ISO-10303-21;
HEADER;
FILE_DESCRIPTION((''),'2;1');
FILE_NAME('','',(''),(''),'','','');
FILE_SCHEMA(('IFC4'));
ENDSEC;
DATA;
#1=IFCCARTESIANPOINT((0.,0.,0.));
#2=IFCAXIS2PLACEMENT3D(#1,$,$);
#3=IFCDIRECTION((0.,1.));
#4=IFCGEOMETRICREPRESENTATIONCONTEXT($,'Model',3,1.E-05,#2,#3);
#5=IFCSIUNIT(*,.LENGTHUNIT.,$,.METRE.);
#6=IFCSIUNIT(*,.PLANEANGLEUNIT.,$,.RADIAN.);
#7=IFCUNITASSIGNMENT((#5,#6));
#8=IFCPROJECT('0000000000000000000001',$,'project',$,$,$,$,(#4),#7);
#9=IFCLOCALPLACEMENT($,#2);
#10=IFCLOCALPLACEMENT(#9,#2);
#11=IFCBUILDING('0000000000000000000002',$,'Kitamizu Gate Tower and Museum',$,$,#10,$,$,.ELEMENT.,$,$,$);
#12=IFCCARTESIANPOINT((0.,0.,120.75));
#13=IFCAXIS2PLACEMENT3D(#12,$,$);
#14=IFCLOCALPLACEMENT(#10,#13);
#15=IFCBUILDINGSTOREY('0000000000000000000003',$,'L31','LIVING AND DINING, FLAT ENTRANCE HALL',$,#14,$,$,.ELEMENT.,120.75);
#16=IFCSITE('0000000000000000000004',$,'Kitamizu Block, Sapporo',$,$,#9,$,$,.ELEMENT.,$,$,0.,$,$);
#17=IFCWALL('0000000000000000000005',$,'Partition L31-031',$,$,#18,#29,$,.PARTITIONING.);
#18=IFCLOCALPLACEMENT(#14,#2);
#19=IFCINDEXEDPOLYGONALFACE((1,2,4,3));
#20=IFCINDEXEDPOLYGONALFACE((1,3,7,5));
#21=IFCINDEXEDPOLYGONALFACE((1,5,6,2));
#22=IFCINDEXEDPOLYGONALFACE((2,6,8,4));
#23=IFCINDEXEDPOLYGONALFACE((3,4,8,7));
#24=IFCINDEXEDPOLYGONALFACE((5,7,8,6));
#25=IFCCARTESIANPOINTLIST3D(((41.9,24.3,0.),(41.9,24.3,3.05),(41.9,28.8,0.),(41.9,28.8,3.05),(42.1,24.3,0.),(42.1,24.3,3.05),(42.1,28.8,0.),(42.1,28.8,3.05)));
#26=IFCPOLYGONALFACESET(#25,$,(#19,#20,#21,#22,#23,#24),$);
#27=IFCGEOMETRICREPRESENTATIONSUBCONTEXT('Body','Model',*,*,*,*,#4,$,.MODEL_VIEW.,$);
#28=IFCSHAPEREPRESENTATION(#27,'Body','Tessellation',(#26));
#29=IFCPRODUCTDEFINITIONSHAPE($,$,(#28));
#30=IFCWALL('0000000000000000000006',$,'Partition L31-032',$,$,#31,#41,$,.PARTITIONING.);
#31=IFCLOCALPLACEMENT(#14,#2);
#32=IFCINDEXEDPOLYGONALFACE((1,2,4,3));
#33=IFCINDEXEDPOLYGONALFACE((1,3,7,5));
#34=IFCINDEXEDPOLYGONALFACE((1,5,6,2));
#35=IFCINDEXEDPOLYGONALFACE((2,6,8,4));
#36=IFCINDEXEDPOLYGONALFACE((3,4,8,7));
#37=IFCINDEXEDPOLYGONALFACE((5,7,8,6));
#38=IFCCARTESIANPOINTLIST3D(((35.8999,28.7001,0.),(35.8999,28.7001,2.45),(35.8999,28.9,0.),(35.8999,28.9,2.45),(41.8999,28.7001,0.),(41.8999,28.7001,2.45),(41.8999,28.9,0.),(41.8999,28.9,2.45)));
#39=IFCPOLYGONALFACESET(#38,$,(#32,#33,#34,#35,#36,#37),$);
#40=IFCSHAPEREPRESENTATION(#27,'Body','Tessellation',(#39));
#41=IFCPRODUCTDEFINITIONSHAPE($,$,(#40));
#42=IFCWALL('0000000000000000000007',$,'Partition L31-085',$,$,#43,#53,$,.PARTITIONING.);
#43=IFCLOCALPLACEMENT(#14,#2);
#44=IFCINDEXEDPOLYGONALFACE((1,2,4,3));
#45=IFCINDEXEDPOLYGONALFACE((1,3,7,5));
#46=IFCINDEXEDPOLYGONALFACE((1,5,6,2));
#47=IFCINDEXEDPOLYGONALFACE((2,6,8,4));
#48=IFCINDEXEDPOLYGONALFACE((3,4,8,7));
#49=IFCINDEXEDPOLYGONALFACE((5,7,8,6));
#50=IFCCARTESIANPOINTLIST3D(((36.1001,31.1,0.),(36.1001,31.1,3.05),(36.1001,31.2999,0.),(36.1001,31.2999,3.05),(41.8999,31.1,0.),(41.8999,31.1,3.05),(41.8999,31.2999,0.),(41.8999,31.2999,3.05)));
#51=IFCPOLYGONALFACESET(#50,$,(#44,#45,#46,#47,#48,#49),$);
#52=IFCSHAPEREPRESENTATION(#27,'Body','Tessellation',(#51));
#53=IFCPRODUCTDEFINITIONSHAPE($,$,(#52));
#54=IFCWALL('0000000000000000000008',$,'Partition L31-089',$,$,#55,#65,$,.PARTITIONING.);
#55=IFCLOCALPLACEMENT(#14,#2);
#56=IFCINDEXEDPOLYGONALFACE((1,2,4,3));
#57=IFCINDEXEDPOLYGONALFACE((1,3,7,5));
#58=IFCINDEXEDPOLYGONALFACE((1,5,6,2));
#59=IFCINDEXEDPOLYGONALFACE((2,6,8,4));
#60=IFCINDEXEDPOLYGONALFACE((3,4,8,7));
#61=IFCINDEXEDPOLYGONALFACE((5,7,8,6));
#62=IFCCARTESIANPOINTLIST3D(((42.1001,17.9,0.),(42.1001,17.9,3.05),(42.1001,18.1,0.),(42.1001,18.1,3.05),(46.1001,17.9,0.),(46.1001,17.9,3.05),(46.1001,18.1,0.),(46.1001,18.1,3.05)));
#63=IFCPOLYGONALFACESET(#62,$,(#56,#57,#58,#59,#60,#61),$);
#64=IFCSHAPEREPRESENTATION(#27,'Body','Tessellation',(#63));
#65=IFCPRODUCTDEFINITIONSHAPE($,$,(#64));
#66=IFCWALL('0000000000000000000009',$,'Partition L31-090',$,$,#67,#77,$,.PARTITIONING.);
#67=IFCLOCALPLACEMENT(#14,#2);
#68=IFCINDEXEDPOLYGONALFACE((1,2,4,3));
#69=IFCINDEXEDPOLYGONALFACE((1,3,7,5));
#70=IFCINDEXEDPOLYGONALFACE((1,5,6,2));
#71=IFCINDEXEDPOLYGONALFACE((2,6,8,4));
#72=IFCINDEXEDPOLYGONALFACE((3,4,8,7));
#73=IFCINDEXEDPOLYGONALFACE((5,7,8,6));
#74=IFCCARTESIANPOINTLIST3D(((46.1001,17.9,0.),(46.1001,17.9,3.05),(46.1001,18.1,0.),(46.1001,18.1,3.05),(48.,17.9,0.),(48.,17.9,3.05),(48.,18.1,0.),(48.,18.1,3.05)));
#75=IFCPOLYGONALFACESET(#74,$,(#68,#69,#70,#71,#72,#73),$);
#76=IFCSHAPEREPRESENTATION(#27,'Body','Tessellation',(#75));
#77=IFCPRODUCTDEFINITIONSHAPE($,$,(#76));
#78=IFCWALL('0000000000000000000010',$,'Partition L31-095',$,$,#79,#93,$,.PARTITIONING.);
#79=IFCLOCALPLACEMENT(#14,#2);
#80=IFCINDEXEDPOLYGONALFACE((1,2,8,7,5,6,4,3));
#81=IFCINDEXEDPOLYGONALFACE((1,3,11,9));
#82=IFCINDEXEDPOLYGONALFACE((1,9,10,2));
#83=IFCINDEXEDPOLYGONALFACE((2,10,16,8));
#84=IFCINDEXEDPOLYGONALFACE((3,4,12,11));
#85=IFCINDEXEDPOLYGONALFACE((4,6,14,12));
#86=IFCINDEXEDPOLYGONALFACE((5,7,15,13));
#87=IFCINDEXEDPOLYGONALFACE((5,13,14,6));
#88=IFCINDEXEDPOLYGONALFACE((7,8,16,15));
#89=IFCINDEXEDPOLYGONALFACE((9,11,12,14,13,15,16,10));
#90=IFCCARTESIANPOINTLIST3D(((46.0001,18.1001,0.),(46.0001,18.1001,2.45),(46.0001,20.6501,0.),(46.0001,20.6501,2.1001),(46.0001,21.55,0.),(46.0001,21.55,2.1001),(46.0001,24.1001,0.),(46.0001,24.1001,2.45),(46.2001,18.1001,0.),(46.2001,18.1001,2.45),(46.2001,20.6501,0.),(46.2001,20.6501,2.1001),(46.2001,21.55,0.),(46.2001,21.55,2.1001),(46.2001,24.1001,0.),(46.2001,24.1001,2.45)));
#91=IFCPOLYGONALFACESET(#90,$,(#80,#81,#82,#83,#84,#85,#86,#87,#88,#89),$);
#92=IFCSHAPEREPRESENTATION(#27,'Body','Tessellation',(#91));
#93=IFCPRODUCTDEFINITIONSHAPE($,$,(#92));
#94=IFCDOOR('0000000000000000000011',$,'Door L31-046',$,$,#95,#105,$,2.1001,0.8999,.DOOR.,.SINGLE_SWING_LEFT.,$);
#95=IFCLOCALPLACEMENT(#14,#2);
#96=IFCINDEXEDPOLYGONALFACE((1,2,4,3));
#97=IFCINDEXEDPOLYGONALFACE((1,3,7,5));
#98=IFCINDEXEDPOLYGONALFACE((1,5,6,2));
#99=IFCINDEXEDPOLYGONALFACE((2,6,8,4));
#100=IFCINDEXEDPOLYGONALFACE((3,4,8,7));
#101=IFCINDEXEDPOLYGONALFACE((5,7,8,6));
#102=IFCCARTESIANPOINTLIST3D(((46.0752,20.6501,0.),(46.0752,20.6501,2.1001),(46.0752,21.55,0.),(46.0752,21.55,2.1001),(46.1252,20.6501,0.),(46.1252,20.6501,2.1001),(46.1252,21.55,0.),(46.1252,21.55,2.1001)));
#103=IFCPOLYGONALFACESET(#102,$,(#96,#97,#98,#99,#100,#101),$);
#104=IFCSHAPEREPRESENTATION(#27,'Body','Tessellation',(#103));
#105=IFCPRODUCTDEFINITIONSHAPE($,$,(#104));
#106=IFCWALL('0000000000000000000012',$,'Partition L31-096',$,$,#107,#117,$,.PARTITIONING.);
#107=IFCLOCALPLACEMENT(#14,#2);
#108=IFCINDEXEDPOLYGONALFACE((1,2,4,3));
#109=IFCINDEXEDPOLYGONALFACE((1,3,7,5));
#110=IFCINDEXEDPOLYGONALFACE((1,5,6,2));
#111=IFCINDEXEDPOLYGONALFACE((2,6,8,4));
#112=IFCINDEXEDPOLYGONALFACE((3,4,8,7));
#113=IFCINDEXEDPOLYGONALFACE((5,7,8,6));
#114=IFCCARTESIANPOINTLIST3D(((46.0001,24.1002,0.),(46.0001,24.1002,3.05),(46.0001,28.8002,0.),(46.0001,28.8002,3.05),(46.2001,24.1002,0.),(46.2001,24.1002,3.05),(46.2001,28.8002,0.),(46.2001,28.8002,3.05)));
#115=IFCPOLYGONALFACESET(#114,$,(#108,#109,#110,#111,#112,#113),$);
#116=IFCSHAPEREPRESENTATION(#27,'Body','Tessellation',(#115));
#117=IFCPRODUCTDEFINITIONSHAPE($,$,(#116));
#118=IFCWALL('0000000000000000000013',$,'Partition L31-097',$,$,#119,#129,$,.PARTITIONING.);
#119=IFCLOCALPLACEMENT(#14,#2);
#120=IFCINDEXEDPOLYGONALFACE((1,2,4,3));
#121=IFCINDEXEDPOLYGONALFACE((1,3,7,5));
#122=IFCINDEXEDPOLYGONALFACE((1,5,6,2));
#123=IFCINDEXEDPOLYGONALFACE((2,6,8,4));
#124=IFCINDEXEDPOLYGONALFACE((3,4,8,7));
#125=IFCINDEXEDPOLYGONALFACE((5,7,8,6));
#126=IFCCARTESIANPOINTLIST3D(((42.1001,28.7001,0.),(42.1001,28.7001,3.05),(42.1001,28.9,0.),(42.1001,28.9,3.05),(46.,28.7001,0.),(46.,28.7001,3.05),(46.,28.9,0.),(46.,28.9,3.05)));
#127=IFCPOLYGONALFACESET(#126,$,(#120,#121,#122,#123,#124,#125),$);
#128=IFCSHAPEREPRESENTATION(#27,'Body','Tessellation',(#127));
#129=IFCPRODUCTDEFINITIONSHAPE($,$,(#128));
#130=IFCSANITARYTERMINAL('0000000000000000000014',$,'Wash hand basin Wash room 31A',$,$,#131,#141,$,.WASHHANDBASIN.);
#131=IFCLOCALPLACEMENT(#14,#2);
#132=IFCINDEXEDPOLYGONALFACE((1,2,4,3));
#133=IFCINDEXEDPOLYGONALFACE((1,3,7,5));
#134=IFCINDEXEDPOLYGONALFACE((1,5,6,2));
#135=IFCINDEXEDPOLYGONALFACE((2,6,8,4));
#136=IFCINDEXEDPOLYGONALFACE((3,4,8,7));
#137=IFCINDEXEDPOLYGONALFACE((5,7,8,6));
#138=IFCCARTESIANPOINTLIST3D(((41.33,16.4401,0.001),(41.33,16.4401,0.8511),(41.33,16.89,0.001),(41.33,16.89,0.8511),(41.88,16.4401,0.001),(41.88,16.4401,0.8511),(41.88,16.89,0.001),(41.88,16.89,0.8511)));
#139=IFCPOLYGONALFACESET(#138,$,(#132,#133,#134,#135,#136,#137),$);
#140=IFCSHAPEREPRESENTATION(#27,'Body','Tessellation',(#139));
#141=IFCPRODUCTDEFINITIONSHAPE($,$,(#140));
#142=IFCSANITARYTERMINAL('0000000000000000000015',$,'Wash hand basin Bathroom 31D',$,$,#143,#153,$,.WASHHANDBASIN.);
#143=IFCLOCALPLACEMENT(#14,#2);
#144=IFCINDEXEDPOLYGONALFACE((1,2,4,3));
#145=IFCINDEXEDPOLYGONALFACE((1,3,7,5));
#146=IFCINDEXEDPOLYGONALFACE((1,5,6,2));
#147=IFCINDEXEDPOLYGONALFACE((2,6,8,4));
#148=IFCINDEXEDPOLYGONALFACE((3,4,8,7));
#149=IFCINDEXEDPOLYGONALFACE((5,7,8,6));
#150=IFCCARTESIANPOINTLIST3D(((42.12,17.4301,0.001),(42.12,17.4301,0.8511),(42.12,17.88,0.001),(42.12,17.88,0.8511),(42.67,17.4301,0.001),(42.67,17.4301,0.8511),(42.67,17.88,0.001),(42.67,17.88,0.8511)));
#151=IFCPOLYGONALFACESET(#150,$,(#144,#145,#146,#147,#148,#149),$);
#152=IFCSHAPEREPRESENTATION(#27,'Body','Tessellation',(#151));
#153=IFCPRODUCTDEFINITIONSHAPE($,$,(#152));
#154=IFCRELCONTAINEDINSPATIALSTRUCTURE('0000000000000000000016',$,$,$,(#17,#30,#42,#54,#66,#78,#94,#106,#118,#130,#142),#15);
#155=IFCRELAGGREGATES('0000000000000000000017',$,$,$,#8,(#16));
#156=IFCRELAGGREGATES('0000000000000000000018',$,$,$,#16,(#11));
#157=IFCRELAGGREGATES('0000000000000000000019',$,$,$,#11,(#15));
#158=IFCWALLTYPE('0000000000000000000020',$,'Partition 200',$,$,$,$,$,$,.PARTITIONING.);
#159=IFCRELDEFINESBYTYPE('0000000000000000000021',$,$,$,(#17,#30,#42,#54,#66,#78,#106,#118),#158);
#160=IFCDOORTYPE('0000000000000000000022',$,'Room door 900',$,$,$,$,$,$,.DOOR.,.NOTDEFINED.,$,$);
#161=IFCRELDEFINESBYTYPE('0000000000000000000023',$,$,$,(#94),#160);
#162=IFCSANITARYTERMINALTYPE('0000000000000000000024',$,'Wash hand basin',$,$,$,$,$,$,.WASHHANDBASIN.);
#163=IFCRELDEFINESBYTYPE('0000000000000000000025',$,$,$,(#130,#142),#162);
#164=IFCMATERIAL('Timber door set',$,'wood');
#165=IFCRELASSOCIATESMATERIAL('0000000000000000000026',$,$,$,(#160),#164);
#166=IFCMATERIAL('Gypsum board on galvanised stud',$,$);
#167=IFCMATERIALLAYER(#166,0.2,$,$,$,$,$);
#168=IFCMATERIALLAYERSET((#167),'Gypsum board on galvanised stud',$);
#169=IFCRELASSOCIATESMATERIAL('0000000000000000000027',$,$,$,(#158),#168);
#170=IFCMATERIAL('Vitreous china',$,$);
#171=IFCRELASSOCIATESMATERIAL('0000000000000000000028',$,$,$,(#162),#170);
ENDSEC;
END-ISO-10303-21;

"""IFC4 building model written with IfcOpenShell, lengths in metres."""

from ifc_helpers import new_model, si_unit, direction, frame, frame_2d, origin, origin_2d, place, context, subcontext, project, spatial, rectangle, extrude, material, layer, layer_set, type_object, element, fill, save


model = new_model("IFC4")

# Units and contexts
model_context = context("Model", 3, precision=1e-05, world=origin(), true_north=direction((0.0, 1.0)))
body_context = subcontext(model_context, "Body", "Model", "MODEL_VIEW")
ifc_project = project(units=[si_unit("LENGTHUNIT", "METRE"), si_unit("PLANEANGLEUNIT", "RADIAN")], contexts=[model_context])

# Site, building, storey
site_placement = place(None, origin())
site = spatial("IfcSite", under=ifc_project, at=site_placement, Name="Kitamizu Block, Sapporo", CompositionType="ELEMENT", RefElevation=0.0)
building_placement = place(site_placement, origin())
building = spatial("IfcBuilding", under=site, at=building_placement, Name="Kitamizu Gate Tower and Museum", CompositionType="ELEMENT")
storey_placement = place(building_placement, frame((0.0, 0.0, 120.75)))
storey = spatial("IfcBuildingStorey", under=building, at=storey_placement, Name="L31", Description="LIVING AND DINING, FLAT ENTRANCE HALL", CompositionType="ELEMENT", Elevation=120.75)

# Shared definitions
ifc_material_1 = material(Name="Timber door set", Category="wood")
door_type = type_object("IfcDoorType", Name="Room door 900", OperationType="NOTDEFINED", PredefinedType="DOOR", material=ifc_material_1)

# Walls
ifc_material_2 = material(Name="Gypsum board on galvanised stud")
ifc_layer_1 = layer(ifc_material_2, 0.2)
ifc_layer_set_1 = layer_set([ifc_layer_1], Name="Gypsum board on galvanised stud")
wall_type_1 = type_object("IfcWallType", Name="Partition 200", PredefinedType="PARTITIONING", material=ifc_layer_set_1)
wall_1_placement = place(storey_placement, frame((42.0, 24.3, 0.0), z_axis=(0.0, 0.0, 1.0), x_axis=(0.0, 1.0, 0.0)))
element("IfcWall", 1, at=wall_1_placement, inside=storey, type_object=wall_type_1, Name="Partition L31-031", PredefinedType="PARTITIONING", context=body_context, shape_type="SweptSolid", body=[
    extrude(rectangle(XDim=4.5, YDim=0.2, at=frame_2d((2.25, 0.0))), origin(), (0.0, 0.0, 1.0), 3.05),
])
wall_2_placement = place(storey_placement, frame((41.8999, 28.8, 0.0), z_axis=(0.0, 0.0, 1.0), x_axis=(-1.0, 0.0, 0.0)))
element("IfcWall", 2, at=wall_2_placement, inside=storey, type_object=wall_type_1, Name="Partition L31-032", PredefinedType="PARTITIONING", context=body_context, shape_type="SweptSolid", body=[
    extrude(rectangle(XDim=6.0, YDim=0.2, at=frame_2d((3.0, 0.0))), origin(), (0.0, 0.0, 1.0), 2.45),
])
wall_3_placement = place(storey_placement, frame((36.1001, 31.2, 0.0), z_axis=(0.0, 0.0, 1.0), x_axis=(1.0, 0.0, 0.0)))
element("IfcWall", 3, at=wall_3_placement, inside=storey, type_object=wall_type_1, Name="Partition L31-085", PredefinedType="PARTITIONING", context=body_context, shape_type="SweptSolid", body=[
    extrude(rectangle(XDim=5.7998, YDim=0.2, at=frame_2d((2.8999, 0.0))), origin(), (0.0, 0.0, 1.0), 3.05),
])
wall_4_placement = place(storey_placement, frame((46.1001, 18.0, 0.0), z_axis=(0.0, 0.0, 1.0), x_axis=(-1.0, 0.0, 0.0)))
element("IfcWall", 4, at=wall_4_placement, inside=storey, type_object=wall_type_1, Name="Partition L31-089", PredefinedType="PARTITIONING", context=body_context, shape_type="SweptSolid", body=[
    extrude(rectangle(XDim=4.0, YDim=0.2, at=frame_2d((2.0, 0.0))), origin(), (0.0, 0.0, 1.0), 3.05),
])
wall_5_placement = place(storey_placement, frame((48.0, 18.0, 0.0), z_axis=(0.0, 0.0, 1.0), x_axis=(-1.0, 0.0, 0.0)))
element("IfcWall", 5, at=wall_5_placement, inside=storey, type_object=wall_type_1, Name="Partition L31-090", PredefinedType="PARTITIONING", context=body_context, shape_type="SweptSolid", body=[
    extrude(rectangle(XDim=1.8999, YDim=0.2, at=frame_2d((0.95, 0.0))), origin(), (0.0, 0.0, 1.0), 3.05),
])

# Wall, opening, door
wall_6_placement = place(storey_placement, frame((46.1001, 18.1001, 0.0), z_axis=(0.0, 0.0, 1.0), x_axis=(0.0, 1.0, 0.0)))
wall_6 = element("IfcWall", 6, at=wall_6_placement, inside=storey, type_object=wall_type_1, Name="Partition L31-095", PredefinedType="PARTITIONING", context=body_context, shape_type="SweptSolid", body=[
    extrude(rectangle(XDim=6.0, YDim=0.2, at=frame_2d((3.0, 0.0))), origin(), (0.0, 0.0, 1.0), 2.45),
])
opening_1_placement = place(wall_6_placement, frame((2.55, 0.0, 0.0)))
opening_1 = element("IfcOpeningElement", 7, at=opening_1_placement, cuts=wall_6, PredefinedType="OPENING", context=body_context, shape_type="SweptSolid", body=[
    extrude(rectangle(XDim=0.8999, YDim=2.1001, at=frame_2d((0.45, 1.05))), frame((0.0, 0.1099, 0.0), z_axis=(0.0, -1.0, 0.0), x_axis=(1.0, 0.0, 0.0)), (0.0, 0.0, 1.0), 0.22),
])
door_1_placement = place(opening_1_placement, origin())
door_1 = element("IfcDoor", 8, at=door_1_placement, inside=storey, type_object=door_type, Name="Door L31-046", OperationType="SINGLE_SWING_LEFT", OverallHeight=2.1001, OverallWidth=0.8999, PredefinedType="DOOR", context=body_context, shape_type="SweptSolid", body=[
    extrude(rectangle(XDim=0.8999, YDim=2.1001, at=frame_2d((0.45, 1.05))), frame((0.0, 0.0249, 0.0), z_axis=(0.0, -1.0, 0.0), x_axis=(1.0, 0.0, 0.0)), (0.0, 0.0, 1.0), 0.05),
])
fill(opening_1, door_1)

# Walls
wall_7_placement = place(storey_placement, frame((46.1001, 24.1001, 0.0), z_axis=(0.0, 0.0, 1.0), x_axis=(0.0, 1.0, 0.0)))
element("IfcWall", 9, at=wall_7_placement, inside=storey, type_object=wall_type_1, Name="Partition L31-096", PredefinedType="PARTITIONING", context=body_context, shape_type="SweptSolid", body=[
    extrude(rectangle(XDim=4.7, YDim=0.2, at=frame_2d((2.3501, 0.0))), origin(), (0.0, 0.0, 1.0), 3.05),
])
wall_8_placement = place(storey_placement, frame((46.0, 28.8, 0.0), z_axis=(0.0, 0.0, 1.0), x_axis=(-1.0, 0.0, 0.0)))
element("IfcWall", 10, at=wall_8_placement, inside=storey, type_object=wall_type_1, Name="Partition L31-097", PredefinedType="PARTITIONING", context=body_context, shape_type="SweptSolid", body=[
    extrude(rectangle(XDim=3.8999, YDim=0.2, at=frame_2d((1.95, 0.0))), origin(), (0.0, 0.0, 1.0), 3.05),
])

# Sanitary terminals
ifc_material_3 = material(Name="Vitreous china")
sanitary_terminal_type = type_object("IfcSanitaryTerminalType", Name="Wash hand basin", PredefinedType="WASHHANDBASIN", material=ifc_material_3)
for number, where, z_axis, x_axis, name in (
    (11, (41.605, 16.665, 0.001), (0.0, 0.0, 1.0), (1.0, 0.0, 0.0), "Wash hand basin Wash room 31A"),
    (12, (42.395, 17.655, 0.001), (0.0, 0.0, 1.0), (1.0, 0.0, 0.0), "Wash hand basin Bathroom 31D"),
):
    element("IfcSanitaryTerminal", number, at=place(storey_placement, frame(where, z_axis=z_axis, x_axis=x_axis)), inside=storey, type_object=sanitary_terminal_type, Name=name, PredefinedType="WASHHANDBASIN", context=body_context, shape_type="SweptSolid", body=[
        extrude(rectangle(XDim=0.55, YDim=0.45, at=origin_2d()), origin(), (0.0, 0.0, 1.0), 0.8501),
    ])

save(model, "model.ifc")
